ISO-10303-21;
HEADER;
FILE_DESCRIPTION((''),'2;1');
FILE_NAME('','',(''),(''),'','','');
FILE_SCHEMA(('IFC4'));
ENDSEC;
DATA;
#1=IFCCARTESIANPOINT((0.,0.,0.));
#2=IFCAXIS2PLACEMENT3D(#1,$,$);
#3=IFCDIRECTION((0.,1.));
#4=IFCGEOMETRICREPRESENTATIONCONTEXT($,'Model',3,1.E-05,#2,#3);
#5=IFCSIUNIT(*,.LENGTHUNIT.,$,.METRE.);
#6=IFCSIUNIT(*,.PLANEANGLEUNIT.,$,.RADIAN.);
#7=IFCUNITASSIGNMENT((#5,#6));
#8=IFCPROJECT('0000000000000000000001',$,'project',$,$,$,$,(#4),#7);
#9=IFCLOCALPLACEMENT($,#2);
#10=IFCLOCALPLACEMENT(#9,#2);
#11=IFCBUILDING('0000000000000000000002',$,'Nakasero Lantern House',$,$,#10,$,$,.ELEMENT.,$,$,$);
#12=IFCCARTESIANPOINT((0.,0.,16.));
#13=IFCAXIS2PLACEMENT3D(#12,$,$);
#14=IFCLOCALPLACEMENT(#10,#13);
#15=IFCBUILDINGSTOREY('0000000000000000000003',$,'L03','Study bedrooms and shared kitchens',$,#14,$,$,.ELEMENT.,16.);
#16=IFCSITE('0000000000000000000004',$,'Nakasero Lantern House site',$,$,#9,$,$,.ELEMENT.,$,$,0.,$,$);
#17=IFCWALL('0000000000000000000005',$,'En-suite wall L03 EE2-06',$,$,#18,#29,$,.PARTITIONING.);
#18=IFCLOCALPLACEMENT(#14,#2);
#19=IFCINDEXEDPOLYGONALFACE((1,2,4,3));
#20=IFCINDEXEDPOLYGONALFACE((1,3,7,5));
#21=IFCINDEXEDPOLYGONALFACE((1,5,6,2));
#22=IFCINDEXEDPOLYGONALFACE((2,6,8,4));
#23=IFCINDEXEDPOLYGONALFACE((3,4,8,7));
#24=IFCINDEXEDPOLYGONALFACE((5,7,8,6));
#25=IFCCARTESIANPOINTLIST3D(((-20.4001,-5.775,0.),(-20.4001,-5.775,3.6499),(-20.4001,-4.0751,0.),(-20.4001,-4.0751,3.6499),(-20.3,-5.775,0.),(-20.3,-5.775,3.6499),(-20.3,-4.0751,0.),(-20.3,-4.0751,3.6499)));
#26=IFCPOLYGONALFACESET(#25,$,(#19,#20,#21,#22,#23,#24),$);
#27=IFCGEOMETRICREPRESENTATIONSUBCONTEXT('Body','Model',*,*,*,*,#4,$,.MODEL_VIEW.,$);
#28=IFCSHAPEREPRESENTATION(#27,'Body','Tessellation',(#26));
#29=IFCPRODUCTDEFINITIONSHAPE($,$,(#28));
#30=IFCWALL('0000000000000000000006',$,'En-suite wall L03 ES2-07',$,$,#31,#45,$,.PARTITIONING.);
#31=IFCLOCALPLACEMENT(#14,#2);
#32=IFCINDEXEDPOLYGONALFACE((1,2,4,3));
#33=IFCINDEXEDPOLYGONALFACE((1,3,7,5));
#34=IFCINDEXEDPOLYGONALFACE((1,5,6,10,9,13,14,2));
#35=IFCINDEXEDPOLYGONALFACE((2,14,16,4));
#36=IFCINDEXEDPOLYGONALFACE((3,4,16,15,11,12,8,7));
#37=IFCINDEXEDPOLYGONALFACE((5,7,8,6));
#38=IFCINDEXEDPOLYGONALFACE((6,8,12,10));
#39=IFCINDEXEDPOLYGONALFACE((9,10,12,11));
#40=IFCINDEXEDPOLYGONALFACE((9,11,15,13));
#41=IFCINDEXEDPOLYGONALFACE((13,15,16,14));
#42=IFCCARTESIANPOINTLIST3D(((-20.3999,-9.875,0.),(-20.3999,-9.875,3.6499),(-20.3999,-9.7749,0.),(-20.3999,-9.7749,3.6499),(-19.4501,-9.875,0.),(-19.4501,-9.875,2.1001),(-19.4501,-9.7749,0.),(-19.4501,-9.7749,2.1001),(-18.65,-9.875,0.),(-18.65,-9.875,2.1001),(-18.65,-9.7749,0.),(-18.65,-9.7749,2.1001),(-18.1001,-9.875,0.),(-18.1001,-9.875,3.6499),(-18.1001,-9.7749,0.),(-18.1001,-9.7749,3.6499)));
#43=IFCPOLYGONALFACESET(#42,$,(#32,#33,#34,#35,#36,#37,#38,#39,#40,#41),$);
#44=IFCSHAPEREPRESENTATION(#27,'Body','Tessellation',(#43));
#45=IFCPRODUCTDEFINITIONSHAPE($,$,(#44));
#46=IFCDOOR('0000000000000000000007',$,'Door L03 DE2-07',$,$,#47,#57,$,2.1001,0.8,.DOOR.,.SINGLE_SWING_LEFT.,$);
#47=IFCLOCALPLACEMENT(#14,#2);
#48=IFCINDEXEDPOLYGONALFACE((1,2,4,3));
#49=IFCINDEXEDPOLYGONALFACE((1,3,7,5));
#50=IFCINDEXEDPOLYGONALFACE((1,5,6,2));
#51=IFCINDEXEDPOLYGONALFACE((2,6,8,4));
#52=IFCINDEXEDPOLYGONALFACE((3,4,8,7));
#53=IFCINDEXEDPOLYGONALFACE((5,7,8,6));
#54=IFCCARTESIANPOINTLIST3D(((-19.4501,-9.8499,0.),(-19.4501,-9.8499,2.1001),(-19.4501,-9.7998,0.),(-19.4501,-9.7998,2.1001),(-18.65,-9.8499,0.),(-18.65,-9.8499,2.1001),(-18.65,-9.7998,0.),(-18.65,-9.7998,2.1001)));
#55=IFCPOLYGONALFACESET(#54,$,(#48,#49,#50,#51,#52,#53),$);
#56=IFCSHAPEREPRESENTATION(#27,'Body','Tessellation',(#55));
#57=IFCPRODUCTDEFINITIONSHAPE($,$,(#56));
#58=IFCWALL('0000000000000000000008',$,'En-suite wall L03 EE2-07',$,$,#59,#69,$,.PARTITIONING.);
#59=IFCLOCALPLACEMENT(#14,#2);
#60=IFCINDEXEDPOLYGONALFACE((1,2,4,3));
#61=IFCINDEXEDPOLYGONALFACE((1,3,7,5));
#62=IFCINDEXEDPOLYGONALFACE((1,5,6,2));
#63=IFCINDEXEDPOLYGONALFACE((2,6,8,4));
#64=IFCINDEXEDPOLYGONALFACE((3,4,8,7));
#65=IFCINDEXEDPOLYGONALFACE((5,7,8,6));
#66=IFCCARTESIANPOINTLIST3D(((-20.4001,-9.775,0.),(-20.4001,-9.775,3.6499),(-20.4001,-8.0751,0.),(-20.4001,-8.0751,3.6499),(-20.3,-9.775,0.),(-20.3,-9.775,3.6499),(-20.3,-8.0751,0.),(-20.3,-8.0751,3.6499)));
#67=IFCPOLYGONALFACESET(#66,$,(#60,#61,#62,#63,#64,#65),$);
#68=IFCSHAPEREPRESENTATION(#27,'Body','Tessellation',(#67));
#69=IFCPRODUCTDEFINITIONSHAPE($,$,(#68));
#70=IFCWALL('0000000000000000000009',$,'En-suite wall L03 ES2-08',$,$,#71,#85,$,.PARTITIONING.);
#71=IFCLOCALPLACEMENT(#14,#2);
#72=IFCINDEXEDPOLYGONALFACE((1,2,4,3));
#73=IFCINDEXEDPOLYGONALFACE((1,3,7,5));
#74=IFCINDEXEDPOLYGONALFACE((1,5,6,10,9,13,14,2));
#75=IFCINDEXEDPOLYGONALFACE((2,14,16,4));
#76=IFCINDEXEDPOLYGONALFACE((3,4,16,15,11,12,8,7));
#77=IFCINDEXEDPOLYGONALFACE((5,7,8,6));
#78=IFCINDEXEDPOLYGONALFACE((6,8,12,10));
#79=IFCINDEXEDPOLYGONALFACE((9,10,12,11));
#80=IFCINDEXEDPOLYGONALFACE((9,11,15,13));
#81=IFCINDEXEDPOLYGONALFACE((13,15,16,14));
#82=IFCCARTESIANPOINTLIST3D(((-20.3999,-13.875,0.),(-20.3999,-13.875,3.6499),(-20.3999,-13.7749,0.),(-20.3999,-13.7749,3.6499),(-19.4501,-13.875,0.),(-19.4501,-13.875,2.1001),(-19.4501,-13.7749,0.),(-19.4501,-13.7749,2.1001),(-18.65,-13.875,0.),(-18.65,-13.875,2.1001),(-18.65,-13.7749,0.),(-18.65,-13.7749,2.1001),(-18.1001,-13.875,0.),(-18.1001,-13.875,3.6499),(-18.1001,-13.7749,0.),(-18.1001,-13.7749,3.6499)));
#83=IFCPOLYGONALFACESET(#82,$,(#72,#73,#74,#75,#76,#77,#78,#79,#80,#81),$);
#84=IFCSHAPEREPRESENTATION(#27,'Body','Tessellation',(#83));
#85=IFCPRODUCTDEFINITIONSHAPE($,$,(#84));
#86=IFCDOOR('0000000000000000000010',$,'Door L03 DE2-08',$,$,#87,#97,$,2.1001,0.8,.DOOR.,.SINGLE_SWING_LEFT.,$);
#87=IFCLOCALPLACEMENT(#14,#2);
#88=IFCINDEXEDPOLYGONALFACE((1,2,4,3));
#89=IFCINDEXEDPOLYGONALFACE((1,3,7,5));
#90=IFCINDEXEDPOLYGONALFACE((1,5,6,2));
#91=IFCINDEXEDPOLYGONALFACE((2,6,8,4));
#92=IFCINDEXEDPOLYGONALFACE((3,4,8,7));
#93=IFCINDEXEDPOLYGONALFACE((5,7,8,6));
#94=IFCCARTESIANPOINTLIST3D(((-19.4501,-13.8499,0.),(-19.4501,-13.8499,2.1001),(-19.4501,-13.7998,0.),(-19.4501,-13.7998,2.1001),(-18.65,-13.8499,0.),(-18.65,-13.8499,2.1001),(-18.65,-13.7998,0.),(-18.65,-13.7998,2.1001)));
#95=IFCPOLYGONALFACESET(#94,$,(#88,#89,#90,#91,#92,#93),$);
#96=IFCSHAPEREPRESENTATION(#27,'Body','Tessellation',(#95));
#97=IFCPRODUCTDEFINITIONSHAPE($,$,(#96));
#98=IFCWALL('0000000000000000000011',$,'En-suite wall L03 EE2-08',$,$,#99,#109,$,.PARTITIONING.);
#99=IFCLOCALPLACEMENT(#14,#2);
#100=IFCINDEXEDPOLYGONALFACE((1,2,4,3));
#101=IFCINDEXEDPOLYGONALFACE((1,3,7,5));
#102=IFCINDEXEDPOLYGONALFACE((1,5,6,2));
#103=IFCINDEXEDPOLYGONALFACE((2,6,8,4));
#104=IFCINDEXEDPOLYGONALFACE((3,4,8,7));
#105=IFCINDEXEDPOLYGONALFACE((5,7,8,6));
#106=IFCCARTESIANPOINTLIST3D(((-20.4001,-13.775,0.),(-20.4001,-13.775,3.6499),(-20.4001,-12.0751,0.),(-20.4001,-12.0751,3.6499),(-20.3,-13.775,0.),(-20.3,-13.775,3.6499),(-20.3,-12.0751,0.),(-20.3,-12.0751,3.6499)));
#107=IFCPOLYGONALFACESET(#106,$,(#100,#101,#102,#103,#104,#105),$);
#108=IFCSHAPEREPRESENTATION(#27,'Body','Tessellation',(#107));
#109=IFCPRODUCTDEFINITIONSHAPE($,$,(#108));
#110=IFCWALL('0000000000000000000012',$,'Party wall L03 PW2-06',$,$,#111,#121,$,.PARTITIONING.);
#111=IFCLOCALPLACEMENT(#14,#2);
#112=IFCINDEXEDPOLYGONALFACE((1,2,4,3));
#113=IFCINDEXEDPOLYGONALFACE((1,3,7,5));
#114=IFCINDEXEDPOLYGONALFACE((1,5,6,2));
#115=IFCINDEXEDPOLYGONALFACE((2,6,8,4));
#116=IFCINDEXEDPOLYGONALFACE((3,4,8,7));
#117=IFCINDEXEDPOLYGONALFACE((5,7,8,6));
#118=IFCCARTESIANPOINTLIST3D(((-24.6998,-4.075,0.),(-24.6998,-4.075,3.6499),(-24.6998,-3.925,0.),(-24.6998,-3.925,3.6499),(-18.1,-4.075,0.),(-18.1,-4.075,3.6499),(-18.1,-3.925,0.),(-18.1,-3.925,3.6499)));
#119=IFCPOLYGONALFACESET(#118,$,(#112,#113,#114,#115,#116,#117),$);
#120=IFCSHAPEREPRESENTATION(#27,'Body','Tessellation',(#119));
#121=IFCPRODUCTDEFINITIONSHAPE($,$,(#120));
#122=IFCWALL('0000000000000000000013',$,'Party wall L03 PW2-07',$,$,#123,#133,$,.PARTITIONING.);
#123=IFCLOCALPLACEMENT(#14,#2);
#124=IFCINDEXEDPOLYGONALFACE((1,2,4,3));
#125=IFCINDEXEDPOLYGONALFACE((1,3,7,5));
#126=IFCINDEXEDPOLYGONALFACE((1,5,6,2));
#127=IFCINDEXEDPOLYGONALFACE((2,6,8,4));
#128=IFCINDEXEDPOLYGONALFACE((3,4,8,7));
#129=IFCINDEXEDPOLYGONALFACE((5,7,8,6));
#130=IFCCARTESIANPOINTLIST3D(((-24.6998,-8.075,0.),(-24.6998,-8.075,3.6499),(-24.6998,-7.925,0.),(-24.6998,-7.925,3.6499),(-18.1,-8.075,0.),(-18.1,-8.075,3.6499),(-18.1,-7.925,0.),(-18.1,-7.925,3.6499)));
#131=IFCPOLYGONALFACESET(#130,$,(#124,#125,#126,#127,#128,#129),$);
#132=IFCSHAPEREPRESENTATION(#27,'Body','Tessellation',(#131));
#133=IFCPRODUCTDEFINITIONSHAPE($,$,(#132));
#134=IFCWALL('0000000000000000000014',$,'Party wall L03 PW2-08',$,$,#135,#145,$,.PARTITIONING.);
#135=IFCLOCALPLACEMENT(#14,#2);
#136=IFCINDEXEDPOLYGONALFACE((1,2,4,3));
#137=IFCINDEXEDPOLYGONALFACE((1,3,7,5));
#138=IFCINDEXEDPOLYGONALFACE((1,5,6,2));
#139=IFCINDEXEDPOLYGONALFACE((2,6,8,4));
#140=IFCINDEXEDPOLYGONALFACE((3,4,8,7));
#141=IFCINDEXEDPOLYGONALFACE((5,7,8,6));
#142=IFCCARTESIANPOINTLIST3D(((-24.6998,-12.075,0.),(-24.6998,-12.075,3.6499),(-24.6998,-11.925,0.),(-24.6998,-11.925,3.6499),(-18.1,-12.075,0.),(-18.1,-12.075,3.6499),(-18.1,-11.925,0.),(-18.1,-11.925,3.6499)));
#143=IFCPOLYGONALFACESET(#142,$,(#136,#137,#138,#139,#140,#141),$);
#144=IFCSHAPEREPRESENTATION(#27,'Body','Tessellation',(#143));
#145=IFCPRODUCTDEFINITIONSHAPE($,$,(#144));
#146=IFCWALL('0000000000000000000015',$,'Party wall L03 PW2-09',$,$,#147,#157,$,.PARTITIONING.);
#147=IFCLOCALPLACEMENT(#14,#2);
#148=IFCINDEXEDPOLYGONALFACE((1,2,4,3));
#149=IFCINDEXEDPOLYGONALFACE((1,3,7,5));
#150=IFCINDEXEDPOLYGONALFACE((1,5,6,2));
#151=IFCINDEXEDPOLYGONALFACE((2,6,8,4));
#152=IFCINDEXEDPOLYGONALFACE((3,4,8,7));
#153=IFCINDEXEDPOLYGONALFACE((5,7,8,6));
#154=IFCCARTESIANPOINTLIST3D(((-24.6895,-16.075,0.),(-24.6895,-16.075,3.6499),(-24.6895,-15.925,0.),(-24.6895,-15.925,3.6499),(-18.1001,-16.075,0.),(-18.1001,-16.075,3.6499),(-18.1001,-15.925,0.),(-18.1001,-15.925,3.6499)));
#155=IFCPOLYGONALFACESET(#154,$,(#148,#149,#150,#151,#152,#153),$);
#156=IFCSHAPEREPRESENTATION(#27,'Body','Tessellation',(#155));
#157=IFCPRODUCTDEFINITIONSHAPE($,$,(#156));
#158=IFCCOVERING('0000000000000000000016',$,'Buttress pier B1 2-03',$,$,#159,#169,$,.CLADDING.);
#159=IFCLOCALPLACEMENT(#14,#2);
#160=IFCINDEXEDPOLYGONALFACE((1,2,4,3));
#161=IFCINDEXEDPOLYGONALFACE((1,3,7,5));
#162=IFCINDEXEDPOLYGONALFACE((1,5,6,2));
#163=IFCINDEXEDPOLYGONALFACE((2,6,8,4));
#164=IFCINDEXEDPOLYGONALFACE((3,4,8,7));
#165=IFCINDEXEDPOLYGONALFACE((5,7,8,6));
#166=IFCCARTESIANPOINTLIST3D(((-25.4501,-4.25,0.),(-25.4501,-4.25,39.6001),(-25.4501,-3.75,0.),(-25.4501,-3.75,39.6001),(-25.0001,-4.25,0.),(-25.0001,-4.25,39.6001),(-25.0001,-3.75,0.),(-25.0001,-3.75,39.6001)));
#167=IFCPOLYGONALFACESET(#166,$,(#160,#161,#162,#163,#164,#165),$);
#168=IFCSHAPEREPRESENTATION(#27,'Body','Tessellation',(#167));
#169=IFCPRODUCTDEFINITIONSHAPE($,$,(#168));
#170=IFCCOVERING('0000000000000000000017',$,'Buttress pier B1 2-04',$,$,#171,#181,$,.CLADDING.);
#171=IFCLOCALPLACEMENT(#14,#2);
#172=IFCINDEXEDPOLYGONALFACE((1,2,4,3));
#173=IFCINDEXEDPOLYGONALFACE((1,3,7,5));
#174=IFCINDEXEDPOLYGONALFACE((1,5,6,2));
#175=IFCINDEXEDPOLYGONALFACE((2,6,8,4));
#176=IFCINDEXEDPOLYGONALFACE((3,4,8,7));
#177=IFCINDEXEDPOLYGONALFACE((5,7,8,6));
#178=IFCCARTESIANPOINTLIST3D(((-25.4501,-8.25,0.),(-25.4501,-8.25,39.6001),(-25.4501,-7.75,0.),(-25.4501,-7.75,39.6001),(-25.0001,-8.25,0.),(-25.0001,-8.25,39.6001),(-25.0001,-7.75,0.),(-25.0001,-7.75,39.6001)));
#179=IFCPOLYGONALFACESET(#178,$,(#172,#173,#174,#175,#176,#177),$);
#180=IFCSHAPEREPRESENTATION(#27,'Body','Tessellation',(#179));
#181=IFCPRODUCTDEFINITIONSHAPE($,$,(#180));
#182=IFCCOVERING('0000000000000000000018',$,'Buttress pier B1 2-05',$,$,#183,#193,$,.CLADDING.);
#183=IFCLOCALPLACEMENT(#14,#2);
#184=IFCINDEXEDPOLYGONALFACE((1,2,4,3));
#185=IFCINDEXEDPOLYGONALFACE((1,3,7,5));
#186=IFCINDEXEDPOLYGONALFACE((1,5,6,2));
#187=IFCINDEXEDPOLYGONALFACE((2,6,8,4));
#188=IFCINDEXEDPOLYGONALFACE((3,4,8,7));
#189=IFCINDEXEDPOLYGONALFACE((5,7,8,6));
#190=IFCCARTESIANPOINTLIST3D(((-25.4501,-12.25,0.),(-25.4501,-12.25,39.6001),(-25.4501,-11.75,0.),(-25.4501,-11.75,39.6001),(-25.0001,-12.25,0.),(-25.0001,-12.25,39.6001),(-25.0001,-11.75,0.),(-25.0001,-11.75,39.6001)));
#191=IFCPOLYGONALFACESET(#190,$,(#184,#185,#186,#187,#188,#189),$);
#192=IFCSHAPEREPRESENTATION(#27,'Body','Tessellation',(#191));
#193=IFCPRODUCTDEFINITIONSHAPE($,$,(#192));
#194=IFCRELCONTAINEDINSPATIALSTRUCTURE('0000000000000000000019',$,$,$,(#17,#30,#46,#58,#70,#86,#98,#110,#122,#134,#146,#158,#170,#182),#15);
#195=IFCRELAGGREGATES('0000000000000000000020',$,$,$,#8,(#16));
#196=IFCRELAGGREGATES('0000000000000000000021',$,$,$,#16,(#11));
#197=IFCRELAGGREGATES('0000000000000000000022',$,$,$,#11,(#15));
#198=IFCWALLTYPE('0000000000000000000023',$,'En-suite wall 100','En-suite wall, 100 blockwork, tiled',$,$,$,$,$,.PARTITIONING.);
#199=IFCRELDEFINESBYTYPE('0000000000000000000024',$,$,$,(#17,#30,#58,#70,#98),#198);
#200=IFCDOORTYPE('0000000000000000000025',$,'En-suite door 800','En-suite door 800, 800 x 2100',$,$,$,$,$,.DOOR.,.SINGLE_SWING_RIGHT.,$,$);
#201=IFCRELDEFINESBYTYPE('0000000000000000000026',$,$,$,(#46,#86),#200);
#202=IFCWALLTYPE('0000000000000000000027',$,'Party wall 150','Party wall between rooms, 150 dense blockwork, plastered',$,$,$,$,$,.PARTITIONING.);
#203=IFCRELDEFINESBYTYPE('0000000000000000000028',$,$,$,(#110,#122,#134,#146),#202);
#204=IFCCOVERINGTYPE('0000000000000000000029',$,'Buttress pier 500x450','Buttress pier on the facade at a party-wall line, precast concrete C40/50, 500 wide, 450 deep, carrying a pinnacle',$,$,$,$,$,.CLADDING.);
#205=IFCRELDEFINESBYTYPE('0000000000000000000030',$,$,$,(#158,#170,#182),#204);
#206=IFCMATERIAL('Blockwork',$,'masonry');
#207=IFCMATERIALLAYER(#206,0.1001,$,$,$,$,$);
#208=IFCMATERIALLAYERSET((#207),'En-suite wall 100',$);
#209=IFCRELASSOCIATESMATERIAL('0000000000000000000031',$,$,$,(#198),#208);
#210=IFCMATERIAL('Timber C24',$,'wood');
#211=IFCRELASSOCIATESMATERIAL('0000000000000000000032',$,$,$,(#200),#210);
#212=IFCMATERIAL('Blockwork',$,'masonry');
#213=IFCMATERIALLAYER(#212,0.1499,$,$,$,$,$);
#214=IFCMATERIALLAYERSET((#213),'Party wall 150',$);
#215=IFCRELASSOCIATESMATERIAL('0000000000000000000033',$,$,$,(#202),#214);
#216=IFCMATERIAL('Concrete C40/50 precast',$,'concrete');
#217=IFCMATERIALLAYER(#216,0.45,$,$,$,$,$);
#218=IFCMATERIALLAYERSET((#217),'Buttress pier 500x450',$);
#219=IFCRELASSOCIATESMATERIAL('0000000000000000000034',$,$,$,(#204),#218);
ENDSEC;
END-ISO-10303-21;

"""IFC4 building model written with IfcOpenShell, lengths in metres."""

from ifc_helpers import new_model, si_unit, direction, frame, frame_2d, origin, origin_2d, place, context, subcontext, project, spatial, rectangle, extrude, material, layer, layer_set, type_object, element, fill, save


model = new_model("IFC4")

# Units and contexts
model_context = context("Model", 3, precision=1e-05, world=origin(), true_north=direction((0.0, 1.0)))
body_context = subcontext(model_context, "Body", "Model", "MODEL_VIEW")
ifc_project = project(units=[si_unit("LENGTHUNIT", "METRE"), si_unit("PLANEANGLEUNIT", "RADIAN")], contexts=[model_context])

# Site, building, storey
site_placement = place(None, origin())
site = spatial("IfcSite", under=ifc_project, at=site_placement, Name="Nakasero Lantern House site", CompositionType="ELEMENT", RefElevation=0.0)
building_placement = place(site_placement, origin())
building = spatial("IfcBuilding", under=site, at=building_placement, Name="Nakasero Lantern House", CompositionType="ELEMENT")
storey_placement = place(building_placement, frame((0.0, 0.0, 16.0)))
storey = spatial("IfcBuildingStorey", under=building, at=storey_placement, Name="L03", Description="Study bedrooms and shared kitchens", CompositionType="ELEMENT", Elevation=16.0)

# Shared definitions
ifc_material_1 = material(Name="Blockwork", Category="masonry")
ifc_layer_1 = layer(ifc_material_1, 0.1001)
ifc_layer_set_1 = layer_set([ifc_layer_1], Name="En-suite wall 100")
wall_type_1 = type_object("IfcWallType", Name="En-suite wall 100", Description="En-suite wall, 100 blockwork, tiled", PredefinedType="PARTITIONING", material=ifc_layer_set_1)
ifc_material_2 = material(Name="Timber C24", Category="wood")
door_type = type_object("IfcDoorType", Name="En-suite door 800", Description="En-suite door 800, 800 x 2100", OperationType="SINGLE_SWING_RIGHT", PredefinedType="DOOR", material=ifc_material_2)

# Wall
wall_1_placement = place(storey_placement, frame((-20.3501, -4.075, 0.0), z_axis=(0.0, 0.0, 1.0), x_axis=(0.0, -1.0, 0.0)))
element("IfcWall", 1, at=wall_1_placement, inside=storey, type_object=wall_type_1, Name="En-suite wall L03 EE2-06", PredefinedType="PARTITIONING", context=body_context, shape_type="SweptSolid", body=[
    extrude(rectangle(XDim=1.7, YDim=0.1001, at=frame_2d((0.8501, 0.0))), origin(), (0.0, 0.0, 1.0), 3.6499),
])

# Wall, opening, door
wall_2_placement = place(storey_placement, frame((-18.1001, -9.825, 0.0), z_axis=(0.0, 0.0, 1.0), x_axis=(-1.0, 0.0, 0.0)))
wall_2 = element("IfcWall", 2, at=wall_2_placement, inside=storey, type_object=wall_type_1, Name="En-suite wall L03 ES2-07", PredefinedType="PARTITIONING", context=body_context, shape_type="SweptSolid", body=[
    extrude(rectangle(XDim=2.2998, YDim=0.1001, at=frame_2d((1.1499, 0.0))), origin(), (0.0, 0.0, 1.0), 3.6499),
])
opening_1_placement = place(wall_2_placement, frame((0.55, 0.0, 0.0)))
opening_1 = element("IfcOpeningElement", 3, at=opening_1_placement, cuts=wall_2, PredefinedType="OPENING", context=body_context, shape_type="SweptSolid", body=[
    extrude(rectangle(XDim=0.8, YDim=2.1001, at=frame_2d((0.3999, 1.05))), frame((0.0, 0.0701, 0.0), z_axis=(0.0, -1.0, 0.0), x_axis=(1.0, 0.0, 0.0)), (0.0, 0.0, 1.0), 0.1401),
])
door_1_placement = place(opening_1_placement, origin())
door_1 = element("IfcDoor", 4, at=door_1_placement, inside=storey, type_object=door_type, Name="Door L03 DE2-07", OperationType="SINGLE_SWING_LEFT", OverallHeight=2.1001, OverallWidth=0.8, PredefinedType="DOOR", context=body_context, shape_type="SweptSolid", body=[
    extrude(rectangle(XDim=0.8, YDim=2.1001, at=frame_2d((0.3999, 1.05))), frame((0.0, 0.0249, 0.0), z_axis=(0.0, -1.0, 0.0), x_axis=(1.0, 0.0, 0.0)), (0.0, 0.0, 1.0), 0.05),
])
fill(opening_1, door_1)

# Wall
wall_3_placement = place(storey_placement, frame((-20.3501, -8.075, 0.0), z_axis=(0.0, 0.0, 1.0), x_axis=(0.0, -1.0, 0.0)))
element("IfcWall", 5, at=wall_3_placement, inside=storey, type_object=wall_type_1, Name="En-suite wall L03 EE2-07", PredefinedType="PARTITIONING", context=body_context, shape_type="SweptSolid", body=[
    extrude(rectangle(XDim=1.7, YDim=0.1001, at=frame_2d((0.8501, 0.0))), origin(), (0.0, 0.0, 1.0), 3.6499),
])

# Wall, opening, door
wall_4_placement = place(storey_placement, frame((-18.1001, -13.825, 0.0), z_axis=(0.0, 0.0, 1.0), x_axis=(-1.0, 0.0, 0.0)))
wall_4 = element("IfcWall", 6, at=wall_4_placement, inside=storey, type_object=wall_type_1, Name="En-suite wall L03 ES2-08", PredefinedType="PARTITIONING", context=body_context, shape_type="SweptSolid", body=[
    extrude(rectangle(XDim=2.2998, YDim=0.1001, at=frame_2d((1.1499, 0.0))), origin(), (0.0, 0.0, 1.0), 3.6499),
])
opening_2_placement = place(wall_4_placement, frame((0.55, 0.0, 0.0)))
opening_2 = element("IfcOpeningElement", 7, at=opening_2_placement, cuts=wall_4, PredefinedType="OPENING", context=body_context, shape_type="SweptSolid", body=[
    extrude(rectangle(XDim=0.8, YDim=2.1001, at=frame_2d((0.3999, 1.05))), frame((0.0, 0.0701, 0.0), z_axis=(0.0, -1.0, 0.0), x_axis=(1.0, 0.0, 0.0)), (0.0, 0.0, 1.0), 0.1401),
])
door_2_placement = place(opening_2_placement, origin())
door_2 = element("IfcDoor", 8, at=door_2_placement, inside=storey, type_object=door_type, Name="Door L03 DE2-08", OperationType="SINGLE_SWING_LEFT", OverallHeight=2.1001, OverallWidth=0.8, PredefinedType="DOOR", context=body_context, shape_type="SweptSolid", body=[
    extrude(rectangle(XDim=0.8, YDim=2.1001, at=frame_2d((0.3999, 1.05))), frame((0.0, 0.0249, 0.0), z_axis=(0.0, -1.0, 0.0), x_axis=(1.0, 0.0, 0.0)), (0.0, 0.0, 1.0), 0.05),
])
fill(opening_2, door_2)

# Walls
wall_5_placement = place(storey_placement, frame((-20.3501, -12.075, 0.0), z_axis=(0.0, 0.0, 1.0), x_axis=(0.0, -1.0, 0.0)))
element("IfcWall", 9, at=wall_5_placement, inside=storey, type_object=wall_type_1, Name="En-suite wall L03 EE2-08", PredefinedType="PARTITIONING", context=body_context, shape_type="SweptSolid", body=[
    extrude(rectangle(XDim=1.7, YDim=0.1001, at=frame_2d((0.8501, 0.0))), origin(), (0.0, 0.0, 1.0), 3.6499),
])
ifc_material_3 = material(Name="Blockwork", Category="masonry")
ifc_layer_2 = layer(ifc_material_3, 0.1499)
ifc_layer_set_2 = layer_set([ifc_layer_2], Name="Party wall 150")
wall_type_2 = type_object("IfcWallType", Name="Party wall 150", Description="Party wall between rooms, 150 dense blockwork, plastered", PredefinedType="PARTITIONING", material=ifc_layer_set_2)
for number, where, z_axis, x_axis, name in (
    (10, (-18.1001, -4.0, 0.0), (0.0, 0.0, 1.0), (-1.0, 0.0, 0.0), "Party wall L03 PW2-06"),
    (11, (-18.1001, -8.0, 0.0), (0.0, 0.0, 1.0), (-1.0, 0.0, 0.0), "Party wall L03 PW2-07"),
    (12, (-18.1001, -12.0, 0.0), (0.0, 0.0, 1.0), (-1.0, 0.0, 0.0), "Party wall L03 PW2-08"),
):
    element("IfcWall", number, at=place(storey_placement, frame(where, z_axis=z_axis, x_axis=x_axis)), inside=storey, type_object=wall_type_2, Name=name, PredefinedType="PARTITIONING", context=body_context, shape_type="SweptSolid", body=[
        extrude(rectangle(XDim=6.5999, YDim=0.1499, at=frame_2d((3.2998, 0.0))), origin(), (0.0, 0.0, 1.0), 3.6499),
    ])
wall_6_placement = place(storey_placement, frame((-18.1001, -16.0, 0.0), z_axis=(0.0, 0.0, 1.0), x_axis=(-1.0, 0.0, 0.0)))
element("IfcWall", 13, at=wall_6_placement, inside=storey, type_object=wall_type_2, Name="Party wall L03 PW2-09", PredefinedType="PARTITIONING", context=body_context, shape_type="SweptSolid", body=[
    extrude(rectangle(XDim=6.5894, YDim=0.1499, at=frame_2d((3.2947, 0.0))), origin(), (0.0, 0.0, 1.0), 3.6499),
])

# Coverings
ifc_material_4 = material(Name="Concrete C40/50 precast", Category="concrete")
ifc_layer_3 = layer(ifc_material_4, 0.45)
ifc_layer_set_3 = layer_set([ifc_layer_3], Name="Buttress pier 500x450")
covering_type = type_object("IfcCoveringType", Name="Buttress pier 500x450", Description="Buttress pier on the facade at a party-wall line, precast concrete C40/50, 500 wide, 450 deep, carrying a pinnacle", PredefinedType="CLADDING", material=ifc_layer_set_3)
for number, where, z_axis, x_axis, name in (
    (14, (-25.2251, -4.0, 0.0), (0.0, 0.0, 1.0), (-1.0, 0.0, 0.0), "Buttress pier B1 2-03"),
    (15, (-25.2251, -8.0, 0.0), (0.0, 0.0, 1.0), (-1.0, 0.0, 0.0), "Buttress pier B1 2-04"),
    (16, (-25.2251, -12.0, 0.0), (0.0, 0.0, 1.0), (-1.0, 0.0, 0.0), "Buttress pier B1 2-05"),
):
    element("IfcCovering", number, at=place(storey_placement, frame(where, z_axis=z_axis, x_axis=x_axis)), inside=storey, type_object=covering_type, Name=name, PredefinedType="CLADDING", context=body_context, shape_type="SweptSolid", body=[
        extrude(rectangle(XDim=0.45, YDim=0.5, at=origin_2d()), origin(), (0.0, 0.0, 1.0), 39.6001),
    ])

save(model, "model.ifc")
